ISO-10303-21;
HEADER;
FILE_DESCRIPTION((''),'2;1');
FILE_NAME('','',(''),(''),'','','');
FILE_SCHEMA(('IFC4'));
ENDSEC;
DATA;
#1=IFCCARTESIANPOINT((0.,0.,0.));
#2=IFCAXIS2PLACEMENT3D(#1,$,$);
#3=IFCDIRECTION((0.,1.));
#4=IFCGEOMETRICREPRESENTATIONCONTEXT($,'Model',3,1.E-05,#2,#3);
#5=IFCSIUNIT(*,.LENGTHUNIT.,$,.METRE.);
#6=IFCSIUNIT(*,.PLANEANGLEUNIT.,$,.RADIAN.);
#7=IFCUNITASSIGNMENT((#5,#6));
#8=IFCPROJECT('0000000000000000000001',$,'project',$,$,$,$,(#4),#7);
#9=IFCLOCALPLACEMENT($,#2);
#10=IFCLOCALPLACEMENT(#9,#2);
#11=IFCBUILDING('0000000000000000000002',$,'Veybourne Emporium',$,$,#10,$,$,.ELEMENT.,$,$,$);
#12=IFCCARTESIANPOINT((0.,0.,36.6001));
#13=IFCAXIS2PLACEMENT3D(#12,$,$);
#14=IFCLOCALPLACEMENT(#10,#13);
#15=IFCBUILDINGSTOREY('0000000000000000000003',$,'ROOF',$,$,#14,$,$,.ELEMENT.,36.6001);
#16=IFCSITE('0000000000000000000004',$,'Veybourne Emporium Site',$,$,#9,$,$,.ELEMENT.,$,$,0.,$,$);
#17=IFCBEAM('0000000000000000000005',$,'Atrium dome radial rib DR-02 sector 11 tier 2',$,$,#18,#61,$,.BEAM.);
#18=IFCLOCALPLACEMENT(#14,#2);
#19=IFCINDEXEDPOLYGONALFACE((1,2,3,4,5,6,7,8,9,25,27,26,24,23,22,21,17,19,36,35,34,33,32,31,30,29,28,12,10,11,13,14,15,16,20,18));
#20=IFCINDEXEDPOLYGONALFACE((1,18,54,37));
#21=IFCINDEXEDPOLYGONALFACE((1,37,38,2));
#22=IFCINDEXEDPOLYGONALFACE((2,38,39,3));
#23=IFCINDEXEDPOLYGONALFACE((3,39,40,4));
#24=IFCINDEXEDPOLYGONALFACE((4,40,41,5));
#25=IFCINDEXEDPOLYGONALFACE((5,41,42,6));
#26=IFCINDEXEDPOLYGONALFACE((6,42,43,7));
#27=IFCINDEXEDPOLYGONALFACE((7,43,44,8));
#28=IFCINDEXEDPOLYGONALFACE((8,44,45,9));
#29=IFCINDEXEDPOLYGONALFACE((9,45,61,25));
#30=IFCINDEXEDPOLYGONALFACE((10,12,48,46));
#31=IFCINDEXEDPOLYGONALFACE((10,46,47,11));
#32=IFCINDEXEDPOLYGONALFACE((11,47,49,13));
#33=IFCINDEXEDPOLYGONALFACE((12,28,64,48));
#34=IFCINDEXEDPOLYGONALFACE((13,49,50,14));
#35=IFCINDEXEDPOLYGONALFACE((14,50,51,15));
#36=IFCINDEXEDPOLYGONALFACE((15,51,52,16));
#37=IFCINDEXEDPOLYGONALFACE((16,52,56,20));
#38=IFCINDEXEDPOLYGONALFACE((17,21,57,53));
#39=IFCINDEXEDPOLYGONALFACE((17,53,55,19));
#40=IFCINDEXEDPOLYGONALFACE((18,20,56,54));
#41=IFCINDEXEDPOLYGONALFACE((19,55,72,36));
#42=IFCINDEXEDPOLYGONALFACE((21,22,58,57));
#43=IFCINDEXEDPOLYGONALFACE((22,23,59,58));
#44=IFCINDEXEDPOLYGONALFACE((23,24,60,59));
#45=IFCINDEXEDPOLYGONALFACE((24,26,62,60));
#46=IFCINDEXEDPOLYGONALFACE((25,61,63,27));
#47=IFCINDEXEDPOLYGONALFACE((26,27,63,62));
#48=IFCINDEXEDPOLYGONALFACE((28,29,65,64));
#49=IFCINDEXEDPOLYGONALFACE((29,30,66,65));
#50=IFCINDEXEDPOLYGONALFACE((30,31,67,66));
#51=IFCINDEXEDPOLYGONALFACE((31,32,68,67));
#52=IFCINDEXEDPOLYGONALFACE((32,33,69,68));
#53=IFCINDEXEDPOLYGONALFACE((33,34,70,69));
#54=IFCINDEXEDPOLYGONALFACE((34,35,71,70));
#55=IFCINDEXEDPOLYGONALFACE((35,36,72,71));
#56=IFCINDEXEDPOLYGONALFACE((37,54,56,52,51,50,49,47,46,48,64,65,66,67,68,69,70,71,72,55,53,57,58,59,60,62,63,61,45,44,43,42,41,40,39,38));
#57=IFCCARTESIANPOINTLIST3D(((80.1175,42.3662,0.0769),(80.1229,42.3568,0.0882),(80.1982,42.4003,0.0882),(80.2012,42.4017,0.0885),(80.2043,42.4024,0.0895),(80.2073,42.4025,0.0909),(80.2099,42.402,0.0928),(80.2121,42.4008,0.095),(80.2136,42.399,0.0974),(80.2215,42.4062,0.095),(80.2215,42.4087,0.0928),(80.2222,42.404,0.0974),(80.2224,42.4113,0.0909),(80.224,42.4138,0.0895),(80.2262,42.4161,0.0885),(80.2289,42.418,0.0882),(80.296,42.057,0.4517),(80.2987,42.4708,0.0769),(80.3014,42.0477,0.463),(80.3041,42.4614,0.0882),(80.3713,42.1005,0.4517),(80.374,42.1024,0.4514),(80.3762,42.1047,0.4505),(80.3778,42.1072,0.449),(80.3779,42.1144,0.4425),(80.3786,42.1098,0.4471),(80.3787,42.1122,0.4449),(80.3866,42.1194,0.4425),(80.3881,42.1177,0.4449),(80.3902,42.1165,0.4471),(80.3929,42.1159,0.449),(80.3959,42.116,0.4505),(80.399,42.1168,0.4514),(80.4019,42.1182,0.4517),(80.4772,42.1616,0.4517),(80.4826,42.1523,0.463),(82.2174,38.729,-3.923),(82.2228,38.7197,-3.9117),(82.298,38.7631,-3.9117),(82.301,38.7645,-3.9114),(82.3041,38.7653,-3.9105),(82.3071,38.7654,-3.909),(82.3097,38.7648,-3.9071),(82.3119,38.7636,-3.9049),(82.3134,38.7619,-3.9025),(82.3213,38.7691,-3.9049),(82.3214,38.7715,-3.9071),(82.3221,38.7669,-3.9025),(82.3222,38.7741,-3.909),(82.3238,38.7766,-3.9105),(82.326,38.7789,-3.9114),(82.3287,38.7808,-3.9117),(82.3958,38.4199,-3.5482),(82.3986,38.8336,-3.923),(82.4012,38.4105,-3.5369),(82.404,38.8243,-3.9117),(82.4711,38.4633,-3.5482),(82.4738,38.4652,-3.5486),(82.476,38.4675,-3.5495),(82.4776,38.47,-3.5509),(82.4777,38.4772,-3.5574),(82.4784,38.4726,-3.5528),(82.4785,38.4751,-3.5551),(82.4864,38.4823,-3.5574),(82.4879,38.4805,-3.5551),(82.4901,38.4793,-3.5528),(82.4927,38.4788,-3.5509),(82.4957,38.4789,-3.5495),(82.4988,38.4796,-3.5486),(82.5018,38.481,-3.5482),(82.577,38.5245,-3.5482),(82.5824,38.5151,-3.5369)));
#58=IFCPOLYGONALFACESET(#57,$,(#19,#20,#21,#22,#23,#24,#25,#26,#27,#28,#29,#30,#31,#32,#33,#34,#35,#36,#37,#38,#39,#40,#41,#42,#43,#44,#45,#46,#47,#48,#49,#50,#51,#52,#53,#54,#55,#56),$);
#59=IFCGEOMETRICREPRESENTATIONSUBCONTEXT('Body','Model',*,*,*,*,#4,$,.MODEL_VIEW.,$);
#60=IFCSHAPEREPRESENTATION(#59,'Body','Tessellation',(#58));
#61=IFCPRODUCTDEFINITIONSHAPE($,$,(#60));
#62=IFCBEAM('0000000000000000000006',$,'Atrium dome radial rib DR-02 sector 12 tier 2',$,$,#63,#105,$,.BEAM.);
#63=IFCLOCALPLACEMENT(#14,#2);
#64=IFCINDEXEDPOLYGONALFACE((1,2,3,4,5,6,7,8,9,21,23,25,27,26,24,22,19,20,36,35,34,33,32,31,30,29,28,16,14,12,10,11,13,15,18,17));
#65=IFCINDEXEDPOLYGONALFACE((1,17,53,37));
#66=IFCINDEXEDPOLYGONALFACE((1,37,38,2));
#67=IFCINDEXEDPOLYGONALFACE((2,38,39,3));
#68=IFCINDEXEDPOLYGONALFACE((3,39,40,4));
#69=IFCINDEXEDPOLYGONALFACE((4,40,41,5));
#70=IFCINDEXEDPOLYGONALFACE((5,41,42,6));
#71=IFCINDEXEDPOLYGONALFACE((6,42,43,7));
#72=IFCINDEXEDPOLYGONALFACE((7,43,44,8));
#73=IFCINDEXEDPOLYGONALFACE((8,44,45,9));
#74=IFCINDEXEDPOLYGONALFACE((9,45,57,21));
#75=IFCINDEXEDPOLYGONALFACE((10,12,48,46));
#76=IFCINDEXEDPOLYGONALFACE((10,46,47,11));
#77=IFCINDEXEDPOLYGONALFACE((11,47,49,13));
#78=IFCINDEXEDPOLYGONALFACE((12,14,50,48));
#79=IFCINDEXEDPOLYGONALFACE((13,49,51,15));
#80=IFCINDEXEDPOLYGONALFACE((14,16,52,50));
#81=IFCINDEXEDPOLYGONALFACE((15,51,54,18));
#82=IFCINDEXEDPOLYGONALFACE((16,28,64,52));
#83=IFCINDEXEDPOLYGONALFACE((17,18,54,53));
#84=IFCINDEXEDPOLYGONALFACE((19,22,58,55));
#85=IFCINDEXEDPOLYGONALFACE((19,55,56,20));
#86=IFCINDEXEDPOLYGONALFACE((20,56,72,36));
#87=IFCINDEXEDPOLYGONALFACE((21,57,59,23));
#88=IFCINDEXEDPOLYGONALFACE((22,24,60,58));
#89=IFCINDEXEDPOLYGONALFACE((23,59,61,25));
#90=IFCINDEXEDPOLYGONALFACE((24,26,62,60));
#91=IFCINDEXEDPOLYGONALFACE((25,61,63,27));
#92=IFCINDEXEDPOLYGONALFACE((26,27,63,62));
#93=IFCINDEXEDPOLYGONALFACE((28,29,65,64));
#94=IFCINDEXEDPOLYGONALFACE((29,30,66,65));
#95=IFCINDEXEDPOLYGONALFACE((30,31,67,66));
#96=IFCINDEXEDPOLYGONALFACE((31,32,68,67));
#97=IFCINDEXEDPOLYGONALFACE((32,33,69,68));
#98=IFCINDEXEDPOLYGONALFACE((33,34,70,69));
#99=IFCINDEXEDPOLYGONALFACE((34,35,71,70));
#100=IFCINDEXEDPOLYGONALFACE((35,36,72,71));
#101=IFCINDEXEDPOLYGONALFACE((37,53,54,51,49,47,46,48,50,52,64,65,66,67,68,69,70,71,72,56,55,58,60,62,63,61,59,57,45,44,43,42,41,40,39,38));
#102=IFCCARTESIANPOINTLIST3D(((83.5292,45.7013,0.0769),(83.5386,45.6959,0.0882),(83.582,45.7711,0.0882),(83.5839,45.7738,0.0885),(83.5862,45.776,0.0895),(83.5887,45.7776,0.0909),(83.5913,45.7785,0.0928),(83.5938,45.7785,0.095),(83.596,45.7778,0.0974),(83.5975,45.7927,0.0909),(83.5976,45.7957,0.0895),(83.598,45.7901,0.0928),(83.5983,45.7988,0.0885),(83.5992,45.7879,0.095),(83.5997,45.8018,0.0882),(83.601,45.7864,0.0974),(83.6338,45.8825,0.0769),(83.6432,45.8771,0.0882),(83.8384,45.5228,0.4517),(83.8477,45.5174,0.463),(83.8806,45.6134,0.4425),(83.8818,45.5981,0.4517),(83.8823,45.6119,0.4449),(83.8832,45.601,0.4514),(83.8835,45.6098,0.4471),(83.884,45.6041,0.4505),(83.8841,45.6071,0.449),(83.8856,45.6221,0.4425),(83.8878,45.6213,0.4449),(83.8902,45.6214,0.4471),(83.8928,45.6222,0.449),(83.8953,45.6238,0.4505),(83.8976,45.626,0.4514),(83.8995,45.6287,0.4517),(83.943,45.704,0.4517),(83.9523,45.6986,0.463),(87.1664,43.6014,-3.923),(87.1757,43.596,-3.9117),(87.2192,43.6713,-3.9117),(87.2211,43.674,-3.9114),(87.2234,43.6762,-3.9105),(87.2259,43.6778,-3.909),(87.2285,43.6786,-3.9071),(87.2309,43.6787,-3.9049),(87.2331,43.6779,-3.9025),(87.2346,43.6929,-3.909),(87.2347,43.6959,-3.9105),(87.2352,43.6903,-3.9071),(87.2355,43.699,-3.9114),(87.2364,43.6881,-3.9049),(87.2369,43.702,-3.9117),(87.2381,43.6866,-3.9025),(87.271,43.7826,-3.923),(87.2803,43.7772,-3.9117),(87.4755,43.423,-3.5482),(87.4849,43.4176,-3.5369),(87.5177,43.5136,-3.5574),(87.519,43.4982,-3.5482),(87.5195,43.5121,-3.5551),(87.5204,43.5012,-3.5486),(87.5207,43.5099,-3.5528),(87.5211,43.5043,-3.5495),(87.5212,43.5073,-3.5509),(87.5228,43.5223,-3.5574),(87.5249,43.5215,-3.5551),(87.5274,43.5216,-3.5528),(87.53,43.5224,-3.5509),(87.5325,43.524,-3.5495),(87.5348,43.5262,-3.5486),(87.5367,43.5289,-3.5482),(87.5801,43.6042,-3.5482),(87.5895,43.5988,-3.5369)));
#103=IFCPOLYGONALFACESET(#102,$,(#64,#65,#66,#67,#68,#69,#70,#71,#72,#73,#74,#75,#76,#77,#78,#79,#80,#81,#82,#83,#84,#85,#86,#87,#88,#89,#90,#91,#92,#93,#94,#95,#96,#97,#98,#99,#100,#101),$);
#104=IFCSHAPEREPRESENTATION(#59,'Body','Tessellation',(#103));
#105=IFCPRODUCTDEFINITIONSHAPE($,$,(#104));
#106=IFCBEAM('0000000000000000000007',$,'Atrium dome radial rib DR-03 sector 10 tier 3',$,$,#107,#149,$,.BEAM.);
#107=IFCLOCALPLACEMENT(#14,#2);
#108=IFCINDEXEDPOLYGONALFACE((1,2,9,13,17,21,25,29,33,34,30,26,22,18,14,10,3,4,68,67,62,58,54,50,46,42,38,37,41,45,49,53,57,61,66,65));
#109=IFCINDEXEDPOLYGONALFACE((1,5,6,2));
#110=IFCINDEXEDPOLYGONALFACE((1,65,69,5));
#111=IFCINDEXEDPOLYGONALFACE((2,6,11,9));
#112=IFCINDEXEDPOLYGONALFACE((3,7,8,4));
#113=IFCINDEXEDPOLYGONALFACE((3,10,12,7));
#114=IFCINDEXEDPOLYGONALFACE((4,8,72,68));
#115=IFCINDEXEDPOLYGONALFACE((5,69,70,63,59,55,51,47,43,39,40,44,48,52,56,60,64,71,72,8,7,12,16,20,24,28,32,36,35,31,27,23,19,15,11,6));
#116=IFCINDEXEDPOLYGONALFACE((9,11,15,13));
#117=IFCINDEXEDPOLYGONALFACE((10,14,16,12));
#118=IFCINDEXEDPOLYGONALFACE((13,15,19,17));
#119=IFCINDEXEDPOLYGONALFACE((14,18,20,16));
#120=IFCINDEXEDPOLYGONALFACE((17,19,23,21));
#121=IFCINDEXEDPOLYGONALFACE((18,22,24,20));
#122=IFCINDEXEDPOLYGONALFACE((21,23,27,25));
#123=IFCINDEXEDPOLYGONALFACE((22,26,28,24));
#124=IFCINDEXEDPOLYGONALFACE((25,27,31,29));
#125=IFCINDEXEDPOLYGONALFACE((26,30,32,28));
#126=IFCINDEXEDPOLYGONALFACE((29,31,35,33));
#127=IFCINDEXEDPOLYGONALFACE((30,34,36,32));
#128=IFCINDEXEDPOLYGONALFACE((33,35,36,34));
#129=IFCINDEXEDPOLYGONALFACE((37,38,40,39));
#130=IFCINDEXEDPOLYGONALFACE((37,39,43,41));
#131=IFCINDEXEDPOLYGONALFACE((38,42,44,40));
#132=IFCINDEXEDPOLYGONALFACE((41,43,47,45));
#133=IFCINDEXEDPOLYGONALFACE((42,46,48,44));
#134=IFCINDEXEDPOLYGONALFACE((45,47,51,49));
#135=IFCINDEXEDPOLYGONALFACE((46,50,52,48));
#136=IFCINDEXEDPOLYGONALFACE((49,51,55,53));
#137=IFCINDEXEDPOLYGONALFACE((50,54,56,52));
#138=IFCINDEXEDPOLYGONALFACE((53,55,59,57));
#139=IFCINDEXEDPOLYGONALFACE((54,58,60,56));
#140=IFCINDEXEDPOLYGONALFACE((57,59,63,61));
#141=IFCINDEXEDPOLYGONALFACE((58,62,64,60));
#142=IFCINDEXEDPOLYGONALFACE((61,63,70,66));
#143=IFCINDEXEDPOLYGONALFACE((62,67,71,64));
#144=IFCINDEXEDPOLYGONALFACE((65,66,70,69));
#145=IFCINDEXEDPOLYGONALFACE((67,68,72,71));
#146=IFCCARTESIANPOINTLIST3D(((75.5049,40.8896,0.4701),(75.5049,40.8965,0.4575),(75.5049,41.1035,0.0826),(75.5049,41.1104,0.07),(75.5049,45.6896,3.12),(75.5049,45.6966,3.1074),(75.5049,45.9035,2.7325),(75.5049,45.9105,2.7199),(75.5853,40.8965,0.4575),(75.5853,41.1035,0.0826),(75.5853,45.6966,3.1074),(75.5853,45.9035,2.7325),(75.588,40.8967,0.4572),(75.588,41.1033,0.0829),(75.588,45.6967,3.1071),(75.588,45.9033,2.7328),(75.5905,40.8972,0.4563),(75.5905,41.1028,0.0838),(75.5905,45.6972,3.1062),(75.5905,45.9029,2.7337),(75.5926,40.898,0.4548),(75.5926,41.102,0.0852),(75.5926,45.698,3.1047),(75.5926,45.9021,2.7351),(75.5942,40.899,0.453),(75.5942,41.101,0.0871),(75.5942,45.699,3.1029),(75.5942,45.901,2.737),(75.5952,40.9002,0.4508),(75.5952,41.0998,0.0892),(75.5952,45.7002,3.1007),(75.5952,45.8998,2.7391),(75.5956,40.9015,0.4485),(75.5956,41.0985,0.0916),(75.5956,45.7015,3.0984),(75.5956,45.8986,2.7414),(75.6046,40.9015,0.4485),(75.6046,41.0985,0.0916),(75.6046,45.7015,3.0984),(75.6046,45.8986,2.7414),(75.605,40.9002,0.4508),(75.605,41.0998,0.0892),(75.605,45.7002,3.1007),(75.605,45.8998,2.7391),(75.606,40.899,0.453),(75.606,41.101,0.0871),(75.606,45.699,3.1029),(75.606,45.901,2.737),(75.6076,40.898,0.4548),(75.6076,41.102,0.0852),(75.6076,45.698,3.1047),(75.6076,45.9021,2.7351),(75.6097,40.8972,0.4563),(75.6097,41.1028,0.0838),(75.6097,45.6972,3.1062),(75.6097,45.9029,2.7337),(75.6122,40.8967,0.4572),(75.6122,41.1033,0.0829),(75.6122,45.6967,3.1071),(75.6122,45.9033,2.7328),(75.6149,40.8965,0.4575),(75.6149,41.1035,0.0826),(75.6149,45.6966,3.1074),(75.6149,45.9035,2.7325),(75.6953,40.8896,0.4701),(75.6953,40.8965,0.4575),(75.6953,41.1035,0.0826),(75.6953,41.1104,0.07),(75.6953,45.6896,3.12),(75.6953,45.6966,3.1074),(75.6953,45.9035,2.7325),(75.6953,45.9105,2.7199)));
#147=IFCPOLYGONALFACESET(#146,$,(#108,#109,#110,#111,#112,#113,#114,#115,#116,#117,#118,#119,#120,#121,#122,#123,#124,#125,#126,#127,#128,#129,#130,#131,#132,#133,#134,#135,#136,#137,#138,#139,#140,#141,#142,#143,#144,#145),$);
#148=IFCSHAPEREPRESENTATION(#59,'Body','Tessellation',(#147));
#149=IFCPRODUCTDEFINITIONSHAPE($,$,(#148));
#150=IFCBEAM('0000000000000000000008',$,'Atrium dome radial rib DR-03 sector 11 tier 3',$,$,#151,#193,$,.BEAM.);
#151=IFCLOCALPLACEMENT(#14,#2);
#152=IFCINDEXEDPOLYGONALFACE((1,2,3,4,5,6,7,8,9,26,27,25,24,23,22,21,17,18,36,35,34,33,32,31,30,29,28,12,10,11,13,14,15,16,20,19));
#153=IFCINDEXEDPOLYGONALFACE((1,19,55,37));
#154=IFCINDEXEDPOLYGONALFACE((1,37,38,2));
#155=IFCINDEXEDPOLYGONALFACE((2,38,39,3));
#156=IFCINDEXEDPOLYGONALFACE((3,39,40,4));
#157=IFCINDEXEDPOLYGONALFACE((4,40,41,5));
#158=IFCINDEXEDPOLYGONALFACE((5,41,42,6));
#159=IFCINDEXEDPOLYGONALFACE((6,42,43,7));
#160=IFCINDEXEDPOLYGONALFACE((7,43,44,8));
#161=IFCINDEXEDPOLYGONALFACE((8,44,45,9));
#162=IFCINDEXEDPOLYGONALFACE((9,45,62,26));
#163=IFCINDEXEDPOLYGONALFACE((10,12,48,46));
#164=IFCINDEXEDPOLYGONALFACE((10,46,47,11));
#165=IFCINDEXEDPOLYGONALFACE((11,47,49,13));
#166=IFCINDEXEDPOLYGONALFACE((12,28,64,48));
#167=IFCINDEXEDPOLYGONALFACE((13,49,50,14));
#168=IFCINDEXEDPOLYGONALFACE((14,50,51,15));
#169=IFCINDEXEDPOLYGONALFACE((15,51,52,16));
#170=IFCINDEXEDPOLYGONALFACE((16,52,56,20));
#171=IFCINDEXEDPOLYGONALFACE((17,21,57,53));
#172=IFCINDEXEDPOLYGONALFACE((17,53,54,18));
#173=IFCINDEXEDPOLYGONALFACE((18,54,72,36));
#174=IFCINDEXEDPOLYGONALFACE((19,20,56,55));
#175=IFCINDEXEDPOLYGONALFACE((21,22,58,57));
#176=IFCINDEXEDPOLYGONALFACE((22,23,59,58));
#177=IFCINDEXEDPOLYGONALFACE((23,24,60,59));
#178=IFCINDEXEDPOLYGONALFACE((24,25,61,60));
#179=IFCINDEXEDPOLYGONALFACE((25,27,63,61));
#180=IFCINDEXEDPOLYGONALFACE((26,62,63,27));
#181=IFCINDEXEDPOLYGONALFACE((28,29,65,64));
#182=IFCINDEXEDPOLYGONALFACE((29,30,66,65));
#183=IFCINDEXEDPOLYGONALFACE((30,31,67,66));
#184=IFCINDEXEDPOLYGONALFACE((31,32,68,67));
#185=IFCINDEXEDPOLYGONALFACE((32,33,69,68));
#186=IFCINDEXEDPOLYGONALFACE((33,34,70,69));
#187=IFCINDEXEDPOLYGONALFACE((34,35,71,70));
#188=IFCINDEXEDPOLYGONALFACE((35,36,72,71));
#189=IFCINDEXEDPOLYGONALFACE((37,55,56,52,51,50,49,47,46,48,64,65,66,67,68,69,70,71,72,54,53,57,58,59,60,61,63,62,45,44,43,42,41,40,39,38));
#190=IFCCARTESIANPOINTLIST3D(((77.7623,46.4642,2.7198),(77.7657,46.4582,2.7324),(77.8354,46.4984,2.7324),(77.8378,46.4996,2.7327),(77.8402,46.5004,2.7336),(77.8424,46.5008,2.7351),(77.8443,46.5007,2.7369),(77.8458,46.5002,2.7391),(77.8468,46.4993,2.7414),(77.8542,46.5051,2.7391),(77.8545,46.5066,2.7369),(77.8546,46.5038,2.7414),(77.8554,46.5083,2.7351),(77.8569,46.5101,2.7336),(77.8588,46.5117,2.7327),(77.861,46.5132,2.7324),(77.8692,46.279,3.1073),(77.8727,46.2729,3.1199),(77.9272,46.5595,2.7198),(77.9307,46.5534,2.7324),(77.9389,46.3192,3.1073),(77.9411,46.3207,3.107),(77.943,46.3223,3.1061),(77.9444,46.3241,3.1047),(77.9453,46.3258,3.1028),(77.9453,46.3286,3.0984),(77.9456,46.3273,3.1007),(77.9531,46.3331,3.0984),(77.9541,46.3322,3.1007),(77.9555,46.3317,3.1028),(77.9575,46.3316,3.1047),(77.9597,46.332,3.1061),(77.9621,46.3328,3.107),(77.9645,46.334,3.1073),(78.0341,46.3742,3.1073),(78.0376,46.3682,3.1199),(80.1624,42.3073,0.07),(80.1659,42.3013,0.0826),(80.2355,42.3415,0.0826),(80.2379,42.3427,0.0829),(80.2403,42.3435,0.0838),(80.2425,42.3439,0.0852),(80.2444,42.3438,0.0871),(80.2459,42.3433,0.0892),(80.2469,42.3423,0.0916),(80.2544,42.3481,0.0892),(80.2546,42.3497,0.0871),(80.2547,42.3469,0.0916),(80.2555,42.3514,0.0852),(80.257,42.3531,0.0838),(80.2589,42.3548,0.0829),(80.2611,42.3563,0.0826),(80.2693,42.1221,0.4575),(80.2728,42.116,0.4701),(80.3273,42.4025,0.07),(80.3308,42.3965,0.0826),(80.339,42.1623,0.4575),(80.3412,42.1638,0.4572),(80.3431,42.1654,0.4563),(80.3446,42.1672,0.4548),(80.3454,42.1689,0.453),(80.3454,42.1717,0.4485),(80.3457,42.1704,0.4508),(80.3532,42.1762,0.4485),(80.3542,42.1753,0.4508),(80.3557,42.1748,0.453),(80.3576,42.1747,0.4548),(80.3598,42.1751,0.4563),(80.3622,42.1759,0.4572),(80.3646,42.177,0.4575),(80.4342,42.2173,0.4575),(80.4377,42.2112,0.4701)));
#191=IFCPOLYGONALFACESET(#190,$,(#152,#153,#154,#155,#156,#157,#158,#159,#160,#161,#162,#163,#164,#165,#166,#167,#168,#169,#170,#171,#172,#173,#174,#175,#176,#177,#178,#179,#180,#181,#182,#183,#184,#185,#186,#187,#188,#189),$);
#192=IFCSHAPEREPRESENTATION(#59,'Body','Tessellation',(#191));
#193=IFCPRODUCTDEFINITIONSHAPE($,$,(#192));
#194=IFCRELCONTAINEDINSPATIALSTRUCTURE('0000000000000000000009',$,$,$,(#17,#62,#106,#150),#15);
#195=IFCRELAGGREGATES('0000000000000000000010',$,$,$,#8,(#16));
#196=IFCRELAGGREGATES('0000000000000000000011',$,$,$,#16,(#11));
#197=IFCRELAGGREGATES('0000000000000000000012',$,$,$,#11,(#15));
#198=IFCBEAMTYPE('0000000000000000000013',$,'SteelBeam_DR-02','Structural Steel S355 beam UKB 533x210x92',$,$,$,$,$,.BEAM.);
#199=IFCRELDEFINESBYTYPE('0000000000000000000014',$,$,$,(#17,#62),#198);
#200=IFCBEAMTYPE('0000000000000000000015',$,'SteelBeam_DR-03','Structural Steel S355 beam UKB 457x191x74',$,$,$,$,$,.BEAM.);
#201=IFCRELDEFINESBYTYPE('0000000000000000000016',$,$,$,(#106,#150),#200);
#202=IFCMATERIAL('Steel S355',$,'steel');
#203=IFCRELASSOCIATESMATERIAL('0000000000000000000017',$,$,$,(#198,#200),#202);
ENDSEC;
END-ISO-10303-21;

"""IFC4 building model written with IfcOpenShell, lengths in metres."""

from ifc_helpers import new_model, si_unit, direction, frame, origin, origin_2d, place, context, subcontext, project, spatial, i_section, extrude, material, material_profile, profile_set, type_object, element, save


model = new_model("IFC4")

# Units and contexts
model_context = context("Model", 3, precision=1e-05, world=origin(), true_north=direction((0.0, 1.0)))
body_context = subcontext(model_context, "Body", "Model", "MODEL_VIEW")
ifc_project = project(units=[si_unit("LENGTHUNIT", "METRE"), si_unit("PLANEANGLEUNIT", "RADIAN")], contexts=[model_context])

# Site, building, storey
site_placement = place(None, origin())
site = spatial("IfcSite", under=ifc_project, at=site_placement, Name="Veybourne Emporium Site", CompositionType="ELEMENT", RefElevation=0.0)
building_placement = place(site_placement, origin())
building = spatial("IfcBuilding", under=site, at=building_placement, Name="Veybourne Emporium", CompositionType="ELEMENT")
storey_placement = place(building_placement, frame((0.0, 0.0, 36.6001)))
storey = spatial("IfcBuildingStorey", under=building, at=storey_placement, Name="ROOF", CompositionType="ELEMENT", Elevation=36.6001)

# Beams
ifc_material_1 = material(Name="Steel S355", Category="steel")
ifc_material_profile_1 = material_profile(ifc_material_1, i_section(OverallWidth=0.2092, OverallDepth=0.5332, WebThickness=0.01, FlangeThickness=0.0156, FilletRadius=0.0127, at=origin_2d()), Name="UKB 533x210x92")
ifc_profile_set_1 = profile_set([ifc_material_profile_1], Name="Steel S355")
beam_type_1 = type_object("IfcBeamType", Name="SteelBeam_DR-02", Description="Structural Steel S355 beam UKB 533x210x92", PredefinedType="BEAM", material=ifc_profile_set_1)
for number, where, z_axis, x_axis, name in (
    (1, (82.3999, 38.6221, -3.73), (-0.362051, 0.627117, 0.689669), (-0.866035, -0.499984, 0.0), "Atrium dome radial rib DR-02 sector 11 tier 2"),
    (2, (87.3779, 43.6001, -3.73), (-0.627117, 0.362051, 0.689669), (-0.499984, -0.866035, 0.0), "Atrium dome radial rib DR-02 sector 12 tier 2"),
):
    element("IfcBeam", number, at=place(storey_placement, frame(where, z_axis=z_axis, x_axis=x_axis)), inside=storey, type_object=beam_type_1, Name=name, PredefinedType="BEAM", context=body_context, shape_type="SweptSolid", body=[
        extrude(i_section(OverallWidth=0.2092, OverallDepth=0.5332, WebThickness=0.01, FlangeThickness=0.0156, FilletRadius=0.0127, at=origin_2d()), origin(), (0.0, 0.0, 1.0), 5.7998),
    ])
ifc_material_profile_2 = material_profile(ifc_material_1, i_section(OverallWidth=0.1904, OverallDepth=0.457, WebThickness=0.009, FlangeThickness=0.0144, FilletRadius=0.0103, at=origin_2d()), Name="UKB 457x191x74")
ifc_profile_set_2 = profile_set([ifc_material_profile_2], Name="Steel S355")
beam_type_2 = type_object("IfcBeamType", Name="SteelBeam_DR-03", Description="Structural Steel S355 beam UKB 457x191x74", PredefinedType="BEAM", material=ifc_profile_set_2)
for number, where, z_axis, x_axis, name in (
    (3, (75.6001, 41.0, 0.27), (0.0, 0.875454, 0.483301), (-1.0, 0.0, 0.0), "Atrium dome radial rib DR-03 sector 10 tier 3"),
    (4, (80.3, 42.2593, 0.27), (-0.437744, 0.75816, 0.483295), (-0.866015, -0.500017, 0.0), "Atrium dome radial rib DR-03 sector 11 tier 3"),
):
    element("IfcBeam", number, at=place(storey_placement, frame(where, z_axis=z_axis, x_axis=x_axis)), inside=storey, type_object=beam_type_2, Name=name, PredefinedType="BEAM", context=body_context, shape_type="SweptSolid", body=[
        extrude(i_section(OverallWidth=0.1904, OverallDepth=0.457, WebThickness=0.009, FlangeThickness=0.0144, FilletRadius=0.0103, at=origin_2d()), origin(), (0.0, 0.0, 1.0), 5.4829),
    ])

save(model, "model.ifc")
